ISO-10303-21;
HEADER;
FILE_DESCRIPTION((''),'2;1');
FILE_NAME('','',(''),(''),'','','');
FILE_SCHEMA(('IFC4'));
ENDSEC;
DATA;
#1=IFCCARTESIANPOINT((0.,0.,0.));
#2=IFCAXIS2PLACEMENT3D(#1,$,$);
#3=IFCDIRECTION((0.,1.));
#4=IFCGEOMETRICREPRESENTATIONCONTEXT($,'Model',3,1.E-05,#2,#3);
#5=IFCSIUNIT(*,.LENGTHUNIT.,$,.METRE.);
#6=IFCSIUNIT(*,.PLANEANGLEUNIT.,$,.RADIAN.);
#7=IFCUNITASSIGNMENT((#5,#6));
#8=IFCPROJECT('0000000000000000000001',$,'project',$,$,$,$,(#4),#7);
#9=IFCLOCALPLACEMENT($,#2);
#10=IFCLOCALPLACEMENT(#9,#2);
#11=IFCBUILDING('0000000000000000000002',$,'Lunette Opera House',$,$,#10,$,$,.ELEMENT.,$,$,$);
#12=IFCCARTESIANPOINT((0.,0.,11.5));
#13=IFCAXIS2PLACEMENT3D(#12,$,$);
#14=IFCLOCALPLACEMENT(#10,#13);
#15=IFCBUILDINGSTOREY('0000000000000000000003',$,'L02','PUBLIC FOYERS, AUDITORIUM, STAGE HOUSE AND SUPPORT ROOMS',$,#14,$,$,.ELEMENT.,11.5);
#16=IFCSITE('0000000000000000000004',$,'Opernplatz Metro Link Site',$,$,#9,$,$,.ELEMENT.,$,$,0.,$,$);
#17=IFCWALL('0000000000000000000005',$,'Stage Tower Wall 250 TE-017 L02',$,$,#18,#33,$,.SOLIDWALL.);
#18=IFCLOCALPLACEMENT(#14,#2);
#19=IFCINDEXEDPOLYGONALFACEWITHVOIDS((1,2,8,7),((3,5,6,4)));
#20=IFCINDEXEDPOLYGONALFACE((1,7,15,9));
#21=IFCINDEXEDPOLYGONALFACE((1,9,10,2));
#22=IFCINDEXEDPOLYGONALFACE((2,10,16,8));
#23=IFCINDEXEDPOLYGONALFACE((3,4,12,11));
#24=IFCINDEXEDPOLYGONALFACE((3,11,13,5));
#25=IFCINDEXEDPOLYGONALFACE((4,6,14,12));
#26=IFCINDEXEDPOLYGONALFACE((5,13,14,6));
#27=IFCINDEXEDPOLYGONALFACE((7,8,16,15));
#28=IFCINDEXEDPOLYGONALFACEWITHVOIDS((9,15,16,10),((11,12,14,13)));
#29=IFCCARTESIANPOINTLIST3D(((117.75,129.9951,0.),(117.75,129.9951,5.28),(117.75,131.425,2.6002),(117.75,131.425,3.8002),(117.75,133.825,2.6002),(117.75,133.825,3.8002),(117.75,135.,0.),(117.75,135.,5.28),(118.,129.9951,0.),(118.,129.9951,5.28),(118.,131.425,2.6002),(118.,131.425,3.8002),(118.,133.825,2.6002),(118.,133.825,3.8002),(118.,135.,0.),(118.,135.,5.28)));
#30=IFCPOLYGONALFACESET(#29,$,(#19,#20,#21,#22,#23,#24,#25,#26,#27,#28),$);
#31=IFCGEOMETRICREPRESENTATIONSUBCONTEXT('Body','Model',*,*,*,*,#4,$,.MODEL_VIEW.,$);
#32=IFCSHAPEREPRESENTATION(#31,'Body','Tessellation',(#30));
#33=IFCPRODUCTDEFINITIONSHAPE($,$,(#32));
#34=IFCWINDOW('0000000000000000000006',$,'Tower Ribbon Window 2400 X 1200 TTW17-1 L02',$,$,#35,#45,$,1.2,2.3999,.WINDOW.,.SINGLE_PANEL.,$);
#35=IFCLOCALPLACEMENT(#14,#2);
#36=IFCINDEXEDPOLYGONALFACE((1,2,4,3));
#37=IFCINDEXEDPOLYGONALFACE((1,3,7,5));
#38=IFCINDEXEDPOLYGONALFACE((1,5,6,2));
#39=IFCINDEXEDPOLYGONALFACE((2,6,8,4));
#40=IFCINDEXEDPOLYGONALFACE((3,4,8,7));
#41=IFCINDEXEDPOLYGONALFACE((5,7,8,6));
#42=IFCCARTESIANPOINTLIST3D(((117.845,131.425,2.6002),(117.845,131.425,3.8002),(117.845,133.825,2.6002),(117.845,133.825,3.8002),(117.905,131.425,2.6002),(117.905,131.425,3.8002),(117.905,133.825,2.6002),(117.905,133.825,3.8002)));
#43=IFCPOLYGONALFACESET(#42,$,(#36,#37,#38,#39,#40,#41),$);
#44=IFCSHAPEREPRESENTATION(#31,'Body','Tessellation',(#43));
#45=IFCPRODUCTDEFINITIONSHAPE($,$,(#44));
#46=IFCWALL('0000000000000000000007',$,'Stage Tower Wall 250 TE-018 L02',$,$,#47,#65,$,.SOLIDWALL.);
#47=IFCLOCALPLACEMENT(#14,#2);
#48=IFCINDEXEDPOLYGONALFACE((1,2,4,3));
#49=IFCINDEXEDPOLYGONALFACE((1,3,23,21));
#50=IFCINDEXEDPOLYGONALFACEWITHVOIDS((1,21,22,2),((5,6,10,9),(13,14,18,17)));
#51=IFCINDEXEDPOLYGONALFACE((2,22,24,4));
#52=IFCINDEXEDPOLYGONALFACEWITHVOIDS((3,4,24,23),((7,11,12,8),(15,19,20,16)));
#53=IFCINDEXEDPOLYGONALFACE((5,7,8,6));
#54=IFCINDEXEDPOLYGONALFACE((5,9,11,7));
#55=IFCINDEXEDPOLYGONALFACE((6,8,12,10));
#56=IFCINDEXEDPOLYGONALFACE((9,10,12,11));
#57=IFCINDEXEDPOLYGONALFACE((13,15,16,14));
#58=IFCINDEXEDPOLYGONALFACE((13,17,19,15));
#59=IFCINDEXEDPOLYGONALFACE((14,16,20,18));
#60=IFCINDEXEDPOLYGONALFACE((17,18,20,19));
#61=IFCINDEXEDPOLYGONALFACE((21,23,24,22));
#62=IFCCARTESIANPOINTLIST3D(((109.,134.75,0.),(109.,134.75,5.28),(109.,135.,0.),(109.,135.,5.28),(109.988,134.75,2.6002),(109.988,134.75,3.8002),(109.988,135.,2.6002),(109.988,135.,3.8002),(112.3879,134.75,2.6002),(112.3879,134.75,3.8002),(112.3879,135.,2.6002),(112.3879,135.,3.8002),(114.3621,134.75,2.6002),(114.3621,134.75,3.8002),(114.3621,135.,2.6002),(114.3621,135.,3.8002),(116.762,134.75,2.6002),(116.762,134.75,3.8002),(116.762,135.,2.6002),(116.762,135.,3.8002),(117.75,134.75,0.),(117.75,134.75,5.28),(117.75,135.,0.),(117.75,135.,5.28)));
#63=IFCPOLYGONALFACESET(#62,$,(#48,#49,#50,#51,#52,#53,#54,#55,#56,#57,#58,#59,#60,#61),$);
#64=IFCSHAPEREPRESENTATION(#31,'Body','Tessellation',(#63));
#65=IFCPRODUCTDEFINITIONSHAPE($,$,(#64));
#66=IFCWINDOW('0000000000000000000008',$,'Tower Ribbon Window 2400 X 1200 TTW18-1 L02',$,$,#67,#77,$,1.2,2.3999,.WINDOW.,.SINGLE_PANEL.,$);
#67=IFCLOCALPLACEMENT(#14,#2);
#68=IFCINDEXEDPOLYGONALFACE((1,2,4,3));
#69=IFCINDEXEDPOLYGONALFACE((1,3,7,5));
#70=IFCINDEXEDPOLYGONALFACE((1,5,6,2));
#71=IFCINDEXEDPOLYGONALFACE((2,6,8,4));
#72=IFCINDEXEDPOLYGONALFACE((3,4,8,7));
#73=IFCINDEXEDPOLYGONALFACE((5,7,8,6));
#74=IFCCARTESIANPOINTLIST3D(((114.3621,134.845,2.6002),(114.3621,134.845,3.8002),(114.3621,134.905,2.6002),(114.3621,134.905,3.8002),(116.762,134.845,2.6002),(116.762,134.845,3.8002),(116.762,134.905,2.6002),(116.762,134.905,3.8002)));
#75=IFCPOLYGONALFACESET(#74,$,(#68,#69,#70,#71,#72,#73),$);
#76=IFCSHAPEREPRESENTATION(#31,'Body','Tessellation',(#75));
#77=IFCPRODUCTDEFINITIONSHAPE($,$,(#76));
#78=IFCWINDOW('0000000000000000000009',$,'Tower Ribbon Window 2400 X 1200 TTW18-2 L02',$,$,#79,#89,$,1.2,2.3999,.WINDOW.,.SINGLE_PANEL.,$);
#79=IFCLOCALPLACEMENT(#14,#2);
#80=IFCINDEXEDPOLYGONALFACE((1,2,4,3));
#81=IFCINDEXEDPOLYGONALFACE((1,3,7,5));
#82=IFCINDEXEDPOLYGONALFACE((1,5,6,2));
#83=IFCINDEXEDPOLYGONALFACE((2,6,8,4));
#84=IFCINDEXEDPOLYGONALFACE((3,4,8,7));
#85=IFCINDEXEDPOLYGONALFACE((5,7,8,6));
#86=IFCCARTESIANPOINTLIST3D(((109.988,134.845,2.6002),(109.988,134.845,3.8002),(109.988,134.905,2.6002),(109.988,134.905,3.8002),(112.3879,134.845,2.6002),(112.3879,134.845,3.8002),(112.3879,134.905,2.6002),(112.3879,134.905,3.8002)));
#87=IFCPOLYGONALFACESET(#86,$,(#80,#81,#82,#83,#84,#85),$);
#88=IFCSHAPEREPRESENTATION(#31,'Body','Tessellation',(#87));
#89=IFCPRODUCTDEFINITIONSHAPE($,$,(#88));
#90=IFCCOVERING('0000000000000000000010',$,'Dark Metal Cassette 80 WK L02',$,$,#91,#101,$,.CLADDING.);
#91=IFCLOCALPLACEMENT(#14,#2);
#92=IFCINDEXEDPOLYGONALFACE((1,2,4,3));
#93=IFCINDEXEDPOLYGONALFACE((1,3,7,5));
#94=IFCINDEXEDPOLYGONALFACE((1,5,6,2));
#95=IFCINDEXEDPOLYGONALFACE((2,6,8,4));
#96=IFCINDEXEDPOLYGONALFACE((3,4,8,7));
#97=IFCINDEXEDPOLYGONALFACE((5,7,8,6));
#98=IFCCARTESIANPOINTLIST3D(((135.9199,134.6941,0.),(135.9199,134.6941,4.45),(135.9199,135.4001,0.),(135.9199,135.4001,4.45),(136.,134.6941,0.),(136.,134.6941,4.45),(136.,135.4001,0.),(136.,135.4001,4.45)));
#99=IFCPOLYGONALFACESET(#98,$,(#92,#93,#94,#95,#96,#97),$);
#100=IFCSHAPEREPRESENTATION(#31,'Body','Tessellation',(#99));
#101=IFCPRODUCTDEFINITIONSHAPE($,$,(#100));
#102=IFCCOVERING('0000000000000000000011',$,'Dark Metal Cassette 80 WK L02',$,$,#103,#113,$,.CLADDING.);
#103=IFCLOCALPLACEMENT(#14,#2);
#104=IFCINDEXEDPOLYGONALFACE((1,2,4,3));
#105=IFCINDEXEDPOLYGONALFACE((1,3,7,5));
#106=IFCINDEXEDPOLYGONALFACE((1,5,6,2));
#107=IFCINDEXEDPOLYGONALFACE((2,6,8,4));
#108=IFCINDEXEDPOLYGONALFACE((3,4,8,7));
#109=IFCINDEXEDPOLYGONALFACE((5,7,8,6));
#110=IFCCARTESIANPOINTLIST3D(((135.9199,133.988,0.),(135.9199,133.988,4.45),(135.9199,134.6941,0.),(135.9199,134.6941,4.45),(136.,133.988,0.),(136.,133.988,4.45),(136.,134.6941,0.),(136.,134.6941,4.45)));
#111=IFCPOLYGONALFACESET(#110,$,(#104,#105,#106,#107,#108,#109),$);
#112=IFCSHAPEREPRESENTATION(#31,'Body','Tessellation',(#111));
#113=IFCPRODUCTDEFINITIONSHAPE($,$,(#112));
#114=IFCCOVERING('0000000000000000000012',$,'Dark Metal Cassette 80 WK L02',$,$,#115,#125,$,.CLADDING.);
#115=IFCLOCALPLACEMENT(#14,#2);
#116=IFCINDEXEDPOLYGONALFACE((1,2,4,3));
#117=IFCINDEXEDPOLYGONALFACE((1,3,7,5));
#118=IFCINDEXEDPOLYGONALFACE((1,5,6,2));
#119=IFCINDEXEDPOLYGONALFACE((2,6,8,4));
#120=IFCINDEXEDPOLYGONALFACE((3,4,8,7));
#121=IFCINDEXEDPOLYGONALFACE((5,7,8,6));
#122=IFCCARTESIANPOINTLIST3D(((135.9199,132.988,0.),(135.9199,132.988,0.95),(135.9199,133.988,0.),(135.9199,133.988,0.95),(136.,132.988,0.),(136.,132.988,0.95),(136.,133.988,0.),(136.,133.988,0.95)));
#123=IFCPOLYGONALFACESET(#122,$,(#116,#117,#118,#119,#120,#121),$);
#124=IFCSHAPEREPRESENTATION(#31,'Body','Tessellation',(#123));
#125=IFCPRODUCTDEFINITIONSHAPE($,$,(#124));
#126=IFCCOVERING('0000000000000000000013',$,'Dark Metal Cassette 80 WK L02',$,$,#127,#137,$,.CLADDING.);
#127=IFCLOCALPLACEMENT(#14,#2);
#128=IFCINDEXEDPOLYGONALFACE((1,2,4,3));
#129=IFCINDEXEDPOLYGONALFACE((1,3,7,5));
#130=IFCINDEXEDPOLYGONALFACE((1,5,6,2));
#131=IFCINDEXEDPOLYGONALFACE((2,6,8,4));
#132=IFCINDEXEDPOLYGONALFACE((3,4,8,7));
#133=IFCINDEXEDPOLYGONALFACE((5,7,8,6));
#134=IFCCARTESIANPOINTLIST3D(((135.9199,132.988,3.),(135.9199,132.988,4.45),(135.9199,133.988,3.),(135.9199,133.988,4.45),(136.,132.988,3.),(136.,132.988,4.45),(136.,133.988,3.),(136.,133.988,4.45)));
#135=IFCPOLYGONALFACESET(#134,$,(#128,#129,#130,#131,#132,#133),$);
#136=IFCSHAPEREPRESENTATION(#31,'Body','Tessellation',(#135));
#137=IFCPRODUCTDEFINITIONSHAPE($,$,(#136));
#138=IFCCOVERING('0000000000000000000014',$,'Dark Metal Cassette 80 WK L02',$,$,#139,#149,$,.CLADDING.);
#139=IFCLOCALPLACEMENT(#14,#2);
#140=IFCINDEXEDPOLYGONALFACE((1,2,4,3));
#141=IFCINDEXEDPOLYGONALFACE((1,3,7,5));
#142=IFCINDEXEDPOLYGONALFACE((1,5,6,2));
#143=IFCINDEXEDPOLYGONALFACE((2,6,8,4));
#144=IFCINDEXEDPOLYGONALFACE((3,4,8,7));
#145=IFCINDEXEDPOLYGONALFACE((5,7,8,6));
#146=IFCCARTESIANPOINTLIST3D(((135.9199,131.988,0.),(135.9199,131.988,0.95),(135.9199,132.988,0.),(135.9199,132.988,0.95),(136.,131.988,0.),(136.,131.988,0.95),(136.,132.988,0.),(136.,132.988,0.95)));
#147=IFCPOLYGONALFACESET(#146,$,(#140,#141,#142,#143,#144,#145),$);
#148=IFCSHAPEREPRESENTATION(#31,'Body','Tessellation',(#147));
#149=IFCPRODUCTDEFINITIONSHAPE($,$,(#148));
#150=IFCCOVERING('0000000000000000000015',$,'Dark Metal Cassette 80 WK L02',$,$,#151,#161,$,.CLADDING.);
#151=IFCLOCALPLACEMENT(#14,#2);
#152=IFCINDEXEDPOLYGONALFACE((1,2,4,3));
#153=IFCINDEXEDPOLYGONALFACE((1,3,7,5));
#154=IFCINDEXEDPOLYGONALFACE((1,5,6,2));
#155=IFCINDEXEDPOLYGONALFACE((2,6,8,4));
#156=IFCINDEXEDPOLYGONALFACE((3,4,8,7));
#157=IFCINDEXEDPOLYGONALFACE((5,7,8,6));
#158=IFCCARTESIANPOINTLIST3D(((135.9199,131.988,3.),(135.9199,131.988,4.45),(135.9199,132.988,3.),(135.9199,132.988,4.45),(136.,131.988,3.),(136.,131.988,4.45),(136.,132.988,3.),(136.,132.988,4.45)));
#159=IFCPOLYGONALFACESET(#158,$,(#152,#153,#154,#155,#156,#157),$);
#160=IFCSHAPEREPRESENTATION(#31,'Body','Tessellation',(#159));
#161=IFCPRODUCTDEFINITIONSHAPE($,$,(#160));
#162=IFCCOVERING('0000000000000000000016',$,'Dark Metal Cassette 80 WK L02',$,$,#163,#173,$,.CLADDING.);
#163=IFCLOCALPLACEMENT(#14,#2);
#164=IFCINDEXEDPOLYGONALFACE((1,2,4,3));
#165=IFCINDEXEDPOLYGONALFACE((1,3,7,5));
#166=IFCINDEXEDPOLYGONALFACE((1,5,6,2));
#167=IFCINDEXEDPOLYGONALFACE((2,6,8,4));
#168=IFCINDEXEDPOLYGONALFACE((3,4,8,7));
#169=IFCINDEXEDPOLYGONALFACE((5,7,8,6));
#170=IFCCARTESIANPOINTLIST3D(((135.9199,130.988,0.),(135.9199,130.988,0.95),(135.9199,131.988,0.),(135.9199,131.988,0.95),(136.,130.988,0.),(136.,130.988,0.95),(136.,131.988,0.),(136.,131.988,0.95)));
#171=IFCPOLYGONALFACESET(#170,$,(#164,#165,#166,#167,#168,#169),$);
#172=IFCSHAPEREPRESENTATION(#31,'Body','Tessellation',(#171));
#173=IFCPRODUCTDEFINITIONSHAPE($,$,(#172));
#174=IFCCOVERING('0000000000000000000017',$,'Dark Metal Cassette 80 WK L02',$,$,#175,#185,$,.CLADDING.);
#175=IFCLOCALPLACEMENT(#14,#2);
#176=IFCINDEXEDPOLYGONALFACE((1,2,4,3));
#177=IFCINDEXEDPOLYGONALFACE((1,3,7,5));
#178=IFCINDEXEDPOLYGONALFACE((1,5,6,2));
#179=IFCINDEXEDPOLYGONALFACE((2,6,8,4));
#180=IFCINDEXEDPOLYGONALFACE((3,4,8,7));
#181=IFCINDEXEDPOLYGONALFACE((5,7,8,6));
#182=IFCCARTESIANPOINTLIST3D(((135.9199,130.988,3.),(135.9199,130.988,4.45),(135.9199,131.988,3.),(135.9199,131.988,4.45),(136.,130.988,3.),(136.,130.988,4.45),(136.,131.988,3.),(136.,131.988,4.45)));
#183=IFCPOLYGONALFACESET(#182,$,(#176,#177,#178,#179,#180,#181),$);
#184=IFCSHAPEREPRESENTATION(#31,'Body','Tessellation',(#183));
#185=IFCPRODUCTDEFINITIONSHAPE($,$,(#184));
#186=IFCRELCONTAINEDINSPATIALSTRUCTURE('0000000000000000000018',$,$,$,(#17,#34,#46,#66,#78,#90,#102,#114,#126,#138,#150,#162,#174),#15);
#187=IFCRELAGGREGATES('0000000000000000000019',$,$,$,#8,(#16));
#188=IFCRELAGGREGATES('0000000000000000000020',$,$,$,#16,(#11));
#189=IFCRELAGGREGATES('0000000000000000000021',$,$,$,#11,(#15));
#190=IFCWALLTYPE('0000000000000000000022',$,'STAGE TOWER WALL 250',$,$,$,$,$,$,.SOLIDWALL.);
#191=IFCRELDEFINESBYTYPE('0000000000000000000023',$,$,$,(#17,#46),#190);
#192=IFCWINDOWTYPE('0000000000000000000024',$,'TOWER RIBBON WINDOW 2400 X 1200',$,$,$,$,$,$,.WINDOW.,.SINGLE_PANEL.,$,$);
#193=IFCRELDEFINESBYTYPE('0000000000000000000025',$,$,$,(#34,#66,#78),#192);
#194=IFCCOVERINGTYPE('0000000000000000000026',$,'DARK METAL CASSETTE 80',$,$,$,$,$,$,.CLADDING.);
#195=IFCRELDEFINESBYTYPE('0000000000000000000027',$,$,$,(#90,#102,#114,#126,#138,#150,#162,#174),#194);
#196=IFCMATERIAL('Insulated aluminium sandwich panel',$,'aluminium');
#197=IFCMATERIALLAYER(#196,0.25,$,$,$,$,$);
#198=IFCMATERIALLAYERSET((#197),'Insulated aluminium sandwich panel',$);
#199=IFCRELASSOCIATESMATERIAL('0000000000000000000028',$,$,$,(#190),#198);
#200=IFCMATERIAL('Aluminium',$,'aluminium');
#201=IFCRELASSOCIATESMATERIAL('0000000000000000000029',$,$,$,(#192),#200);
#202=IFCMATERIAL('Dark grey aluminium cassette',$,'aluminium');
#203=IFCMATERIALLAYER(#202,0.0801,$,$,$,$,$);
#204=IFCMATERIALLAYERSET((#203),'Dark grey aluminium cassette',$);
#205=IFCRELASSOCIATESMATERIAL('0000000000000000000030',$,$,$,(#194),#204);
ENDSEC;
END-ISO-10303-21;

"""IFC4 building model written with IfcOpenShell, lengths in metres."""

from ifc_helpers import new_model, si_unit, direction, frame, frame_2d, origin, origin_2d, place, context, subcontext, project, spatial, rectangle, extrude, material, layer, layer_set, type_object, element, fill, save


model = new_model("IFC4")

# Units and contexts
model_context = context("Model", 3, precision=1e-05, world=origin(), true_north=direction((0.0, 1.0)))
body_context = subcontext(model_context, "Body", "Model", "MODEL_VIEW")
ifc_project = project(units=[si_unit("LENGTHUNIT", "METRE"), si_unit("PLANEANGLEUNIT", "RADIAN")], contexts=[model_context])

# Site, building, storey
site_placement = place(None, origin())
site = spatial("IfcSite", under=ifc_project, at=site_placement, Name="Opernplatz Metro Link Site", CompositionType="ELEMENT", RefElevation=0.0)
building_placement = place(site_placement, origin())
building = spatial("IfcBuilding", under=site, at=building_placement, Name="Lunette Opera House", CompositionType="ELEMENT")
storey_placement = place(building_placement, frame((0.0, 0.0, 11.5)))
storey = spatial("IfcBuildingStorey", under=building, at=storey_placement, Name="L02", Description="PUBLIC FOYERS, AUDITORIUM, STAGE HOUSE AND SUPPORT ROOMS", CompositionType="ELEMENT", Elevation=11.5)

# Wall, opening, window
ifc_material_1 = material(Name="Insulated aluminium sandwich panel", Category="aluminium")
ifc_layer_1 = layer(ifc_material_1, 0.25)
ifc_layer_set_1 = layer_set([ifc_layer_1], Name="Insulated aluminium sandwich panel")
wall_type = type_object("IfcWallType", Name="STAGE TOWER WALL 250", PredefinedType="SOLIDWALL", material=ifc_layer_set_1)
wall_1_placement = place(storey_placement, frame((117.875, 129.9951, 0.0), z_axis=(0.0, 0.0, 1.0), x_axis=(0.0, 1.0, 0.0)))
wall_1 = element("IfcWall", 1, at=wall_1_placement, inside=storey, type_object=wall_type, Name="Stage Tower Wall 250 TE-017 L02", PredefinedType="SOLIDWALL", context=body_context, shape_type="SweptSolid", body=[
    extrude(rectangle(XDim=5.0049, YDim=0.25, at=frame_2d((2.5024, 0.0))), origin(), (0.0, 0.0, 1.0), 5.28),
])
opening_1_placement = place(wall_1_placement, frame((1.4299, 0.0, 2.6001)))
opening_1 = element("IfcOpeningElement", 2, at=opening_1_placement, cuts=wall_1, PredefinedType="OPENING", context=body_context, shape_type="SweptSolid", body=[
    extrude(rectangle(XDim=2.3999, YDim=1.2, at=frame_2d((1.2, 0.6001))), frame((0.0, 0.137, 0.0), z_axis=(0.0, -1.0, 0.0), x_axis=(1.0, 0.0, 0.0)), (0.0, 0.0, 1.0), 0.2739),
])
ifc_material_2 = material(Name="Aluminium", Category="aluminium")
window_type = type_object("IfcWindowType", Name="TOWER RIBBON WINDOW 2400 X 1200", PartitioningType="SINGLE_PANEL", PredefinedType="WINDOW", material=ifc_material_2)
window_1_placement = place(opening_1_placement, origin())
window_1 = element("IfcWindow", 3, at=window_1_placement, inside=storey, type_object=window_type, Name="Tower Ribbon Window 2400 X 1200 TTW17-1 L02", OverallHeight=1.2, OverallWidth=2.3999, PartitioningType="SINGLE_PANEL", PredefinedType="WINDOW", context=body_context, shape_type="SweptSolid", body=[
    extrude(rectangle(XDim=2.3999, YDim=1.2, at=frame_2d((1.2, 0.6001))), frame((0.0, 0.03, 0.0), z_axis=(0.0, -1.0, 0.0), x_axis=(1.0, 0.0, 0.0)), (0.0, 0.0, 1.0), 0.0601),
])
fill(opening_1, window_1)

# Wall, openings, windows
wall_2_placement = place(storey_placement, frame((117.75, 134.875, 0.0), z_axis=(0.0, 0.0, 1.0), x_axis=(-1.0, 0.0, 0.0)))
wall_2 = element("IfcWall", 4, at=wall_2_placement, inside=storey, type_object=wall_type, Name="Stage Tower Wall 250 TE-018 L02", PredefinedType="SOLIDWALL", context=body_context, shape_type="SweptSolid", body=[
    extrude(rectangle(XDim=8.75, YDim=0.25, at=frame_2d((4.375, 0.0))), origin(), (0.0, 0.0, 1.0), 5.28),
])
opening_2_placement = place(wall_2_placement, frame((0.988, 0.0, 2.6001)))
opening_2 = element("IfcOpeningElement", 5, at=opening_2_placement, cuts=wall_2, PredefinedType="OPENING", context=body_context, shape_type="SweptSolid", body=[
    extrude(rectangle(XDim=2.3999, YDim=1.2, at=frame_2d((1.2, 0.6001))), frame((0.0, 0.137, 0.0), z_axis=(0.0, -1.0, 0.0), x_axis=(1.0, 0.0, 0.0)), (0.0, 0.0, 1.0), 0.2739),
])
opening_3_placement = place(wall_2_placement, frame((5.3621, 0.0, 2.6001)))
opening_3 = element("IfcOpeningElement", 6, at=opening_3_placement, cuts=wall_2, PredefinedType="OPENING", context=body_context, shape_type="SweptSolid", body=[
    extrude(rectangle(XDim=2.3999, YDim=1.2, at=frame_2d((1.2, 0.6001))), frame((0.0, 0.137, 0.0), z_axis=(0.0, -1.0, 0.0), x_axis=(1.0, 0.0, 0.0)), (0.0, 0.0, 1.0), 0.2739),
])
window_2_placement = place(opening_2_placement, origin())
window_2 = element("IfcWindow", 7, at=window_2_placement, inside=storey, type_object=window_type, Name="Tower Ribbon Window 2400 X 1200 TTW18-1 L02", OverallHeight=1.2, OverallWidth=2.3999, PartitioningType="SINGLE_PANEL", PredefinedType="WINDOW", context=body_context, shape_type="SweptSolid", body=[
    extrude(rectangle(XDim=2.3999, YDim=1.2, at=frame_2d((1.2, 0.6001))), frame((0.0, 0.03, 0.0), z_axis=(0.0, -1.0, 0.0), x_axis=(1.0, 0.0, 0.0)), (0.0, 0.0, 1.0), 0.0601),
])
fill(opening_2, window_2)
window_3_placement = place(opening_3_placement, origin())
window_3 = element("IfcWindow", 8, at=window_3_placement, inside=storey, type_object=window_type, Name="Tower Ribbon Window 2400 X 1200 TTW18-2 L02", OverallHeight=1.2, OverallWidth=2.3999, PartitioningType="SINGLE_PANEL", PredefinedType="WINDOW", context=body_context, shape_type="SweptSolid", body=[
    extrude(rectangle(XDim=2.3999, YDim=1.2, at=frame_2d((1.2, 0.6001))), frame((0.0, 0.03, 0.0), z_axis=(0.0, -1.0, 0.0), x_axis=(1.0, 0.0, 0.0)), (0.0, 0.0, 1.0), 0.0601),
])
fill(opening_3, window_3)

# Coverings
ifc_material_3 = material(Name="Dark grey aluminium cassette", Category="aluminium")
ifc_layer_2 = layer(ifc_material_3, 0.0801)
ifc_layer_set_2 = layer_set([ifc_layer_2], Name="Dark grey aluminium cassette")
covering_type_1 = type_object("IfcCoveringType", Name="DARK METAL CASSETTE 80", PredefinedType="CLADDING", material=ifc_layer_set_2)
for number, where, z_axis, x_axis, name in (
    (9, (135.96, 135.0471, 0.0), (0.0, 0.0, 1.0), (0.0, -1.0, 0.0), "Dark Metal Cassette 80 WK L02"),
    (10, (135.96, 134.3411, 0.0), (0.0, 0.0, 1.0), (0.0, -1.0, 0.0), "Dark Metal Cassette 80 WK L02"),
):
    element("IfcCovering", number, at=place(storey_placement, frame(where, z_axis=z_axis, x_axis=x_axis)), inside=storey, type_object=covering_type_1, Name=name, PredefinedType="CLADDING", context=body_context, shape_type="SweptSolid", body=[
        extrude(rectangle(XDim=0.7061, YDim=0.0801, at=origin_2d()), origin(), (0.0, 0.0, 1.0), 4.45),
    ])
covering_1_placement = place(storey_placement, frame((135.96, 133.488, 0.0), z_axis=(0.0, 0.0, 1.0), x_axis=(0.0, -1.0, 0.0)))
element("IfcCovering", 11, at=covering_1_placement, inside=storey, type_object=covering_type_1, Name="Dark Metal Cassette 80 WK L02", PredefinedType="CLADDING", context=body_context, shape_type="SweptSolid", body=[
    extrude(rectangle(XDim=1.0, YDim=0.0801, at=origin_2d()), origin(), (0.0, 0.0, 1.0), 0.95),
])
covering_2_placement = place(storey_placement, frame((135.96, 133.488, 3.0), z_axis=(0.0, 0.0, 1.0), x_axis=(0.0, -1.0, 0.0)))
element("IfcCovering", 12, at=covering_2_placement, inside=storey, type_object=covering_type_1, Name="Dark Metal Cassette 80 WK L02", PredefinedType="CLADDING", context=body_context, shape_type="SweptSolid", body=[
    extrude(rectangle(XDim=1.0, YDim=0.0801, at=origin_2d()), origin(), (0.0, 0.0, 1.0), 1.45),
])
covering_3_placement = place(storey_placement, frame((135.96, 132.488, 0.0), z_axis=(0.0, 0.0, 1.0), x_axis=(0.0, -1.0, 0.0)))
element("IfcCovering", 13, at=covering_3_placement, inside=storey, type_object=covering_type_1, Name="Dark Metal Cassette 80 WK L02", PredefinedType="CLADDING", context=body_context, shape_type="SweptSolid", body=[
    extrude(rectangle(XDim=1.0, YDim=0.0801, at=origin_2d()), origin(), (0.0, 0.0, 1.0), 0.95),
])
covering_4_placement = place(storey_placement, frame((135.96, 132.488, 3.0), z_axis=(0.0, 0.0, 1.0), x_axis=(0.0, -1.0, 0.0)))
element("IfcCovering", 14, at=covering_4_placement, inside=storey, type_object=covering_type_1, Name="Dark Metal Cassette 80 WK L02", PredefinedType="CLADDING", context=body_context, shape_type="SweptSolid", body=[
    extrude(rectangle(XDim=1.0, YDim=0.0801, at=origin_2d()), origin(), (0.0, 0.0, 1.0), 1.45),
])
covering_5_placement = place(storey_placement, frame((135.96, 131.488, 0.0), z_axis=(0.0, 0.0, 1.0), x_axis=(0.0, -1.0, 0.0)))
element("IfcCovering", 15, at=covering_5_placement, inside=storey, type_object=covering_type_1, Name="Dark Metal Cassette 80 WK L02", PredefinedType="CLADDING", context=body_context, shape_type="SweptSolid", body=[
    extrude(rectangle(XDim=1.0, YDim=0.0801, at=origin_2d()), origin(), (0.0, 0.0, 1.0), 0.95),
])
covering_6_placement = place(storey_placement, frame((135.96, 131.488, 3.0), z_axis=(0.0, 0.0, 1.0), x_axis=(0.0, -1.0, 0.0)))
element("IfcCovering", 16, at=covering_6_placement, inside=storey, type_object=covering_type_1, Name="Dark Metal Cassette 80 WK L02", PredefinedType="CLADDING", context=body_context, shape_type="SweptSolid", body=[
    extrude(rectangle(XDim=1.0, YDim=0.0801, at=origin_2d()), origin(), (0.0, 0.0, 1.0), 1.45),
])

save(model, "model.ifc")
